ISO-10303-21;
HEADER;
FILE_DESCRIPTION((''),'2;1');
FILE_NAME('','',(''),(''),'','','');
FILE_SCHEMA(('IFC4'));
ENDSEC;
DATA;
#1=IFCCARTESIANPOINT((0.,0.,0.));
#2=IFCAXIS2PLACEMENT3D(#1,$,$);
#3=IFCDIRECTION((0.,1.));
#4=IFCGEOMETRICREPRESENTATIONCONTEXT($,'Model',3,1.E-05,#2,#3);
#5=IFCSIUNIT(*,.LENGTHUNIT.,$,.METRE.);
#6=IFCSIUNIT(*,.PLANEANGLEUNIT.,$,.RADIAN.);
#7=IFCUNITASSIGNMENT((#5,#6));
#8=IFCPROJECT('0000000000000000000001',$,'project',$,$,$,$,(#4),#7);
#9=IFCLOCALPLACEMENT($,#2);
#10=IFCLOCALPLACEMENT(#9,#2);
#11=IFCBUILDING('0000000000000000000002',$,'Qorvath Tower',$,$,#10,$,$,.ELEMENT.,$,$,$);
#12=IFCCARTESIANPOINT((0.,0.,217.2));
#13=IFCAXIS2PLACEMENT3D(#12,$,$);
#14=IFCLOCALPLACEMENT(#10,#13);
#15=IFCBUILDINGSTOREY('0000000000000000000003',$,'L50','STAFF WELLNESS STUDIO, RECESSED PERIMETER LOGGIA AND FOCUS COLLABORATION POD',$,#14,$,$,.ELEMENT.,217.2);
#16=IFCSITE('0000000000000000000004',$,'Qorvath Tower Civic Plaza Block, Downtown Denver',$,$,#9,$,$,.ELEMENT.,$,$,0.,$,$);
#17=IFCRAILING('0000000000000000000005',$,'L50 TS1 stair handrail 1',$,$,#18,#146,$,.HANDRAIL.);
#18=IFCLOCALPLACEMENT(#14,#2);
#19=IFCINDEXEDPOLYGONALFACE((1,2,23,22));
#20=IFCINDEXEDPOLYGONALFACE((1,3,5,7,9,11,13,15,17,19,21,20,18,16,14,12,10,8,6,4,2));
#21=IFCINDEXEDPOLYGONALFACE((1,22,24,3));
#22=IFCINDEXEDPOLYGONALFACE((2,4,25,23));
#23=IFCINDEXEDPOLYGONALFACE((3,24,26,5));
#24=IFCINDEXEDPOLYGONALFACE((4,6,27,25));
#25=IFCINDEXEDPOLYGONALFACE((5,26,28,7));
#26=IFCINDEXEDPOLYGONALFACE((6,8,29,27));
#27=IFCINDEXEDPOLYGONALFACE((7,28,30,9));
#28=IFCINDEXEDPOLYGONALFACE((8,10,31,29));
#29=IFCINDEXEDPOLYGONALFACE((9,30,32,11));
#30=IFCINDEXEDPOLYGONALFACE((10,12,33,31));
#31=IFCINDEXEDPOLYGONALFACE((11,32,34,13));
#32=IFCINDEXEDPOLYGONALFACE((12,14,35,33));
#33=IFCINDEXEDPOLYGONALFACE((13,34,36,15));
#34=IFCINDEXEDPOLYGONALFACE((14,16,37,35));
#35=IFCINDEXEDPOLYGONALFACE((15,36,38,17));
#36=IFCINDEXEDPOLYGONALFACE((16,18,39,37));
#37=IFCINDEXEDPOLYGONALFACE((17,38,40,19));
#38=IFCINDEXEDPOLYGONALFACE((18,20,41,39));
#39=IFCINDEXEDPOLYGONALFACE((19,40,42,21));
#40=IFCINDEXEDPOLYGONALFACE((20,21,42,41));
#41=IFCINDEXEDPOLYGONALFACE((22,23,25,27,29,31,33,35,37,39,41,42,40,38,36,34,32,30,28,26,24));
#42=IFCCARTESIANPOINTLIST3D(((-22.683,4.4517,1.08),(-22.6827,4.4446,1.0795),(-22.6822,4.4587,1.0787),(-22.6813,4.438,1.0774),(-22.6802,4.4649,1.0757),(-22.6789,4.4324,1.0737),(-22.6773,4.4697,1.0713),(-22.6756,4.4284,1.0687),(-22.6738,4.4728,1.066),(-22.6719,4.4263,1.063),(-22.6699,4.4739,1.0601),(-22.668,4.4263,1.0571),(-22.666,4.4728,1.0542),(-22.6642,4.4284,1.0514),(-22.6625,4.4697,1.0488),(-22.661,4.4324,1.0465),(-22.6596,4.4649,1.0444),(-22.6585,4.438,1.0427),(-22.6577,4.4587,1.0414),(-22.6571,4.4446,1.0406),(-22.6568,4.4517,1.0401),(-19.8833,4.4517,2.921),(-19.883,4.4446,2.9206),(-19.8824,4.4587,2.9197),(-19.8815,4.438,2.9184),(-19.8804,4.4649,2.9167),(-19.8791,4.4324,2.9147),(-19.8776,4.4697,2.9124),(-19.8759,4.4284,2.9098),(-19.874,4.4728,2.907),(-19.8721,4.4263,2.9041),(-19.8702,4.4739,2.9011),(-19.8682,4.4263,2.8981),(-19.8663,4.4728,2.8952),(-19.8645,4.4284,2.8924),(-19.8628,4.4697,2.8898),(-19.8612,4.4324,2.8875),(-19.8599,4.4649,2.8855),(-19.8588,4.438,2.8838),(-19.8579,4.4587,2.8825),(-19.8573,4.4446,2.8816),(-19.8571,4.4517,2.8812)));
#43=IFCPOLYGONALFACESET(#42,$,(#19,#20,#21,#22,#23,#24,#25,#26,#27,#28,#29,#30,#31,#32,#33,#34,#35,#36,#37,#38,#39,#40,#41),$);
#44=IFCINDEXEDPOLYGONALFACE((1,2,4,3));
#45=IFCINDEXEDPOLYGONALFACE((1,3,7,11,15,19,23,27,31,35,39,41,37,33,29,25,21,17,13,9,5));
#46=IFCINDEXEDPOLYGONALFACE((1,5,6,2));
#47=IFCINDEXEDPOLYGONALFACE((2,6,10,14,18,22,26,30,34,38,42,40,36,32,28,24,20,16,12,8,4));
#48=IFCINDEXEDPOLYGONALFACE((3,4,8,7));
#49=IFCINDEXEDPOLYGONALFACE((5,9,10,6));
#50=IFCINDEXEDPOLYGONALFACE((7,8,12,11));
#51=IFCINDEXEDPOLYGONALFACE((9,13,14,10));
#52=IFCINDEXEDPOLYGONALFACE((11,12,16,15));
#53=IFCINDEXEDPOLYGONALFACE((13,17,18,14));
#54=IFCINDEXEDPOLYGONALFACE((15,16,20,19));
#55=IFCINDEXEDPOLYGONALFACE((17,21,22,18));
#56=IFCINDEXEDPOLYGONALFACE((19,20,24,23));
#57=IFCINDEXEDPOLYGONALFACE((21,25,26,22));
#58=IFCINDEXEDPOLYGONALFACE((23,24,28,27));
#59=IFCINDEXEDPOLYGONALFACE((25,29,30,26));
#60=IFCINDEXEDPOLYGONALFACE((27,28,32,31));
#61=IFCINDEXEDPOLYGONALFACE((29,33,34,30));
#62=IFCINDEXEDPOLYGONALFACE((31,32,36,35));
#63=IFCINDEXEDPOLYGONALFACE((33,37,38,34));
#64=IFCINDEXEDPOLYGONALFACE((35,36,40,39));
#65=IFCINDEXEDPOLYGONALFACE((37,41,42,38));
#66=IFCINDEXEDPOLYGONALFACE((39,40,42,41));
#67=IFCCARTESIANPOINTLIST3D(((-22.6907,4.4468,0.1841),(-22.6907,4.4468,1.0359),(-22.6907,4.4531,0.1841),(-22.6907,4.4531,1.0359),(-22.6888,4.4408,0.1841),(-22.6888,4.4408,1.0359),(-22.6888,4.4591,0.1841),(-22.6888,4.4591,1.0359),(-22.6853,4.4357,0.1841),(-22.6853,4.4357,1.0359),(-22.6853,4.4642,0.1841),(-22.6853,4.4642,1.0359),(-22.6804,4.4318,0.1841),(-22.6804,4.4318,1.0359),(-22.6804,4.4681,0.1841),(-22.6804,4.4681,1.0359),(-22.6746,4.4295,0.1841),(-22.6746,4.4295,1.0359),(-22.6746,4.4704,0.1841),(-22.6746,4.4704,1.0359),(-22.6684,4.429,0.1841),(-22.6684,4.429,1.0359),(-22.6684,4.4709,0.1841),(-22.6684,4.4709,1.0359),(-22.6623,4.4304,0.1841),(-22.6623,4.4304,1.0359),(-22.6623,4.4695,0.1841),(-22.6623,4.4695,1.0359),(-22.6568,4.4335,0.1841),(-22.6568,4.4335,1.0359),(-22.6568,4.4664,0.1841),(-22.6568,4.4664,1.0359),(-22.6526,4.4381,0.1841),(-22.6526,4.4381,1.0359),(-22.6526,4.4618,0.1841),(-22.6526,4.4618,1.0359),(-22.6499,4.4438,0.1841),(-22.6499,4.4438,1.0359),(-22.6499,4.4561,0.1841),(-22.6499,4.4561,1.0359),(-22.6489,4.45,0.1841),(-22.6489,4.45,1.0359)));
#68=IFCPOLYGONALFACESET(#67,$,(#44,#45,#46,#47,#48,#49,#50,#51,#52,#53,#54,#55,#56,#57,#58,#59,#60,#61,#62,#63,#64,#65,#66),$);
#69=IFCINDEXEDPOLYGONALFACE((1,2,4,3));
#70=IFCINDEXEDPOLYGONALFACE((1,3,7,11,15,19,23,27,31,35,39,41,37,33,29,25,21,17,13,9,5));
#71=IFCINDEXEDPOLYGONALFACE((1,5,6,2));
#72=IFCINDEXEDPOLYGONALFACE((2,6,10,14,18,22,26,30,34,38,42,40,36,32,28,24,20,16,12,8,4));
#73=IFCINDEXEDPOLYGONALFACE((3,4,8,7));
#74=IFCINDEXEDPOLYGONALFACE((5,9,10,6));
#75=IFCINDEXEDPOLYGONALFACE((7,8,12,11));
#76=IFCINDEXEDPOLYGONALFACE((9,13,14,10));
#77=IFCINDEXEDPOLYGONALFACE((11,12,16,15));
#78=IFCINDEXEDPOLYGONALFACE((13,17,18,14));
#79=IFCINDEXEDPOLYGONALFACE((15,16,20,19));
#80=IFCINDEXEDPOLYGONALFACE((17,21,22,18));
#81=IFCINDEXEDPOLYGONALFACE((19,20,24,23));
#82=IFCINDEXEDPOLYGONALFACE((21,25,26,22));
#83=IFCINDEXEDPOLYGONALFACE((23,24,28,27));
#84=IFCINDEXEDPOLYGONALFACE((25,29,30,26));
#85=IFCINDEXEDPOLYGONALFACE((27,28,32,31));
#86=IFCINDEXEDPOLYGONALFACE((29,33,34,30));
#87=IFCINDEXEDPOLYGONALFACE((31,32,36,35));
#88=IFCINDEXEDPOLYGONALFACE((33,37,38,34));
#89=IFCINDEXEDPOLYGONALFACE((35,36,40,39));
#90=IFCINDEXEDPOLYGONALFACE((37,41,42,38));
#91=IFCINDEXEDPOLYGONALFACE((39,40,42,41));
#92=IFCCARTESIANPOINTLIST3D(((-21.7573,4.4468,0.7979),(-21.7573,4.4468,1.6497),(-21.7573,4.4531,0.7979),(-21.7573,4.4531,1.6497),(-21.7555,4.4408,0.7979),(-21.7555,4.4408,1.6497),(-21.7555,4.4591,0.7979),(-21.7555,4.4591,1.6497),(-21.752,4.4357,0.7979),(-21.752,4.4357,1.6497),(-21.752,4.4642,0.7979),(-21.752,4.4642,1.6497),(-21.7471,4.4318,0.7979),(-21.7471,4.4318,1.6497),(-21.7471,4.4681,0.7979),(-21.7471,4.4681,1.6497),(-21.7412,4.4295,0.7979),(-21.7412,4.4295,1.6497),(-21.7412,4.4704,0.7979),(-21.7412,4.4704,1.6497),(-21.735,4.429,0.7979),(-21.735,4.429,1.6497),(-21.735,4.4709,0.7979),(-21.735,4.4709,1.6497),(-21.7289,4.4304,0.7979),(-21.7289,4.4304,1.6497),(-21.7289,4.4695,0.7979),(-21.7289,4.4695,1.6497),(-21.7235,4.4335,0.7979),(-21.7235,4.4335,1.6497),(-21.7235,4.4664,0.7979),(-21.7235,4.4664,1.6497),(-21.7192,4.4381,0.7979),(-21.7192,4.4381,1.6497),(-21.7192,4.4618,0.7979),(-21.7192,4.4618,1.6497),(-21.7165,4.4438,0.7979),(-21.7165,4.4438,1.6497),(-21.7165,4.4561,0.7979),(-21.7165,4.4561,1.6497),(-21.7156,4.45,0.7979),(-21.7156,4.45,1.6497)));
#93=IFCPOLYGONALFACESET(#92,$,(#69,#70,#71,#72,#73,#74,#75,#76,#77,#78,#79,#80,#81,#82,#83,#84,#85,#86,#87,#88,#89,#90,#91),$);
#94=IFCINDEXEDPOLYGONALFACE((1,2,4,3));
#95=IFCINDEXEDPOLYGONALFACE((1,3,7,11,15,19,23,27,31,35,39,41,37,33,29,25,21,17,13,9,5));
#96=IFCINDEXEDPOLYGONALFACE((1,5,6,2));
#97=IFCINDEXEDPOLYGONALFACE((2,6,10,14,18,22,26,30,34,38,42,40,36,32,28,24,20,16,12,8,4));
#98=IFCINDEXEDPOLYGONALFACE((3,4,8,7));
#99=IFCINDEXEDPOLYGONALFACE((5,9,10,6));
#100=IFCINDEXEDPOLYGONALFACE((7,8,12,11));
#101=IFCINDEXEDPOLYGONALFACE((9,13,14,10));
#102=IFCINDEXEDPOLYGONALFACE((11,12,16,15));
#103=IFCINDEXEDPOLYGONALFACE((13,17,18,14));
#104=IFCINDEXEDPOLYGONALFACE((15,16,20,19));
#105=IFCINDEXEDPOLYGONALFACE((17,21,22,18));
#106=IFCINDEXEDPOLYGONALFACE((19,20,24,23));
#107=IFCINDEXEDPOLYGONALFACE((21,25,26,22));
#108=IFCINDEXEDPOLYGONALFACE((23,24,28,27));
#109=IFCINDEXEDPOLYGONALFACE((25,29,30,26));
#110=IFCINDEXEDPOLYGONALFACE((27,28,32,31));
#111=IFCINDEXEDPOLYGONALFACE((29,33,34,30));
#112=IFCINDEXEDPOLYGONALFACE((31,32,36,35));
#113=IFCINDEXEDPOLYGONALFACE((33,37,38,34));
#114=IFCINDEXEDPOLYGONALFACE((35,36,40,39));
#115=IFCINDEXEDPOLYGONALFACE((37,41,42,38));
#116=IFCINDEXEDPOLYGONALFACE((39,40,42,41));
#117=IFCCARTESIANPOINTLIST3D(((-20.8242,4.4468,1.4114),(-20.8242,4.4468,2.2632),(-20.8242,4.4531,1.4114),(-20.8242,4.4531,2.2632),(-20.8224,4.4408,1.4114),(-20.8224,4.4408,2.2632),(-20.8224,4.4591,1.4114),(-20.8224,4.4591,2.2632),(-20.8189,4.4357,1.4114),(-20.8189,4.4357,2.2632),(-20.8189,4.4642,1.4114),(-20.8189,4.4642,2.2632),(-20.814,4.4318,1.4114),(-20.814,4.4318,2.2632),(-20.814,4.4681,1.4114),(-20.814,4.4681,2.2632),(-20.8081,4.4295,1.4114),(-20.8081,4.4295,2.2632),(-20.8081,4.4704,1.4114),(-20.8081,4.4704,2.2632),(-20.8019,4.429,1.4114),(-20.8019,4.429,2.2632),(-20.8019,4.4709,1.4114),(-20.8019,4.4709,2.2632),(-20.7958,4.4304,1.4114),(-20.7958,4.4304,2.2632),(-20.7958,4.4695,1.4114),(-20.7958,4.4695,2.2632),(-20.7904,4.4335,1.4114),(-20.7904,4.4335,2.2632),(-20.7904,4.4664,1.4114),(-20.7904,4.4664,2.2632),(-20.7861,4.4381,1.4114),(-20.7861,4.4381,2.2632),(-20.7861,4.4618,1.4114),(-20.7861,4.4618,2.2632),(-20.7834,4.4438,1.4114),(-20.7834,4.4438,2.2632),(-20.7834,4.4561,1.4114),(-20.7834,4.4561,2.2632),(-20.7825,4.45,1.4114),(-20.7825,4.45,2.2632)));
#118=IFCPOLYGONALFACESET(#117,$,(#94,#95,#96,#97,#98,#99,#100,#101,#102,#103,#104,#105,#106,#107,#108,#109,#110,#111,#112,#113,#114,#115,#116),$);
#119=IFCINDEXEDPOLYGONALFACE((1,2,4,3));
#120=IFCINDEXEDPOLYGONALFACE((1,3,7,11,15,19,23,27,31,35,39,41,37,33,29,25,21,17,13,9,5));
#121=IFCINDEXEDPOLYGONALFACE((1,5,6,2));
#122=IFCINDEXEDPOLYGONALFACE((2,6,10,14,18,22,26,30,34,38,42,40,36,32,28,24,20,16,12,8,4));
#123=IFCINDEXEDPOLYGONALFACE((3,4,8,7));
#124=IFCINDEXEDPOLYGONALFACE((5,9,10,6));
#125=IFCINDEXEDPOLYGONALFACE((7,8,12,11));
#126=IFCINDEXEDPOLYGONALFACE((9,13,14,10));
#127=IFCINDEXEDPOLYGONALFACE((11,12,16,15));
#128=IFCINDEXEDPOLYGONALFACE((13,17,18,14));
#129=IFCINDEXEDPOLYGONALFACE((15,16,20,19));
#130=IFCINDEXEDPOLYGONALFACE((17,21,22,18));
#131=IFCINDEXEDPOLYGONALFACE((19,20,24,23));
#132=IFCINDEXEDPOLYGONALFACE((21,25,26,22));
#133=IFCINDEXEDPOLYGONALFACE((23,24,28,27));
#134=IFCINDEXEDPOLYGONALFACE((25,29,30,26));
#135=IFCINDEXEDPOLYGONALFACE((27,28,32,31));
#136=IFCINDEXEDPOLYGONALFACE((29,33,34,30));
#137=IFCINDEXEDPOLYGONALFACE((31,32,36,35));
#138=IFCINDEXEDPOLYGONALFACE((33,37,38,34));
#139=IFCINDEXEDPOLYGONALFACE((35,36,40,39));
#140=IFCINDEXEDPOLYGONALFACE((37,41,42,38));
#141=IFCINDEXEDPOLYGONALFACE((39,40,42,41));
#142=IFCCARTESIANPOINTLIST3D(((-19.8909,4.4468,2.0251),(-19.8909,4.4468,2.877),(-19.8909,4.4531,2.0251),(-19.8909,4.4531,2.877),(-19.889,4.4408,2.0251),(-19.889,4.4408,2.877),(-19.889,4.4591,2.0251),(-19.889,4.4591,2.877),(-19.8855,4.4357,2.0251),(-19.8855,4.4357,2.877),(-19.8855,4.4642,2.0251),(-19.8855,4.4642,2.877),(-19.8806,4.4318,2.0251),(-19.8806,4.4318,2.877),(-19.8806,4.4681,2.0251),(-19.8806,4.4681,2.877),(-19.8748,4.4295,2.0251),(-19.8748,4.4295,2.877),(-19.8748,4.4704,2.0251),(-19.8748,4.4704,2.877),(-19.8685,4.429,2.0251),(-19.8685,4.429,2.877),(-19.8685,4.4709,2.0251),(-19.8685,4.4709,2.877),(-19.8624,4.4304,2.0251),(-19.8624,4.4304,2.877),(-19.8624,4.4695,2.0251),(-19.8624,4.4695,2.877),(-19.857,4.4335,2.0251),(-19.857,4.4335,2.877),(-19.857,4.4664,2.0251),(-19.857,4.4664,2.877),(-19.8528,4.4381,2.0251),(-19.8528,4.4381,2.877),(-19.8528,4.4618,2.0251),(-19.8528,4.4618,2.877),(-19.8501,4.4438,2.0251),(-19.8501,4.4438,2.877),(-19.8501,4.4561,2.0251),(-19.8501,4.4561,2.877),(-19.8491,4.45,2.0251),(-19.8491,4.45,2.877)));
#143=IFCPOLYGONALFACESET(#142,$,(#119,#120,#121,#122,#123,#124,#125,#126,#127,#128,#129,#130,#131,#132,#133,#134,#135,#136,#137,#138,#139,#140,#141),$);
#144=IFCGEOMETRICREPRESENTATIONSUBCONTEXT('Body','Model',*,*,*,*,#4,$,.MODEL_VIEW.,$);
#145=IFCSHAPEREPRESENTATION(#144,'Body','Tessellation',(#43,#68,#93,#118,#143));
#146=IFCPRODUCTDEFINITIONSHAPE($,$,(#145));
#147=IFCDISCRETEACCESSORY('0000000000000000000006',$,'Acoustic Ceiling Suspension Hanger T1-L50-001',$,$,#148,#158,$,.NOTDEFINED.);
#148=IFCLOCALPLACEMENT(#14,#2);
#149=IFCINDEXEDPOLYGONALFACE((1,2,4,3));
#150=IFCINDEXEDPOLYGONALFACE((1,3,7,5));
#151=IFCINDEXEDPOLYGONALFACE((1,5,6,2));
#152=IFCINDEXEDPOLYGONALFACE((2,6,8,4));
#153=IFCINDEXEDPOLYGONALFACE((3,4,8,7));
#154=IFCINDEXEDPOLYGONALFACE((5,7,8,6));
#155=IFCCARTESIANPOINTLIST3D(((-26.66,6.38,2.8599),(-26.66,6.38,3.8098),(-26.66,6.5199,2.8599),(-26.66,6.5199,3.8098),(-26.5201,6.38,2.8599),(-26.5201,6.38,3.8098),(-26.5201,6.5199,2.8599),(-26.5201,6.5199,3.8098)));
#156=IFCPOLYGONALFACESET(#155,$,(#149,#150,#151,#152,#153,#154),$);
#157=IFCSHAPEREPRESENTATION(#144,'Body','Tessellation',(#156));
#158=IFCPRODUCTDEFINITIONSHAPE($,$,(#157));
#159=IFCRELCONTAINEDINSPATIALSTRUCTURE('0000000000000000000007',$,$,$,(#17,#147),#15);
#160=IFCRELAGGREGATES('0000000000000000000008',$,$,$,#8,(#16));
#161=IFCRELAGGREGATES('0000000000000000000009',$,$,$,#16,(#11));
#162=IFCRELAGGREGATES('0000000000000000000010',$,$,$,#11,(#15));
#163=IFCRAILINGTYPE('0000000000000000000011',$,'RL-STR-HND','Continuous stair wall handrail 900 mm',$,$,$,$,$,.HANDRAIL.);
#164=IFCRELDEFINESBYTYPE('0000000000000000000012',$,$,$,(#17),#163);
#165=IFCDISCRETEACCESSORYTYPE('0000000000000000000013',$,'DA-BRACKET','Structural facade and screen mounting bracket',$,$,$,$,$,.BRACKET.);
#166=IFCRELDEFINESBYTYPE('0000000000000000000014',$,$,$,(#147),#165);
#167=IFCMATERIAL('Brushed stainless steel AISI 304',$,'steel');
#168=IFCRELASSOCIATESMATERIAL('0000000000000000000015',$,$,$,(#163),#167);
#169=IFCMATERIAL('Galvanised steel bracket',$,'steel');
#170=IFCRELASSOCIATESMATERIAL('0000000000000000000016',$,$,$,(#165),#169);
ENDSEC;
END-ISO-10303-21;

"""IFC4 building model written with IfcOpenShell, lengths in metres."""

from ifc_helpers import new_model, si_unit, direction, frame, origin, origin_2d, place, context, subcontext, project, spatial, rectangle, circle, extrude, material, type_object, element, save


model = new_model("IFC4")

# Units and contexts
model_context = context("Model", 3, precision=1e-05, world=origin(), true_north=direction((0.0, 1.0)))
body_context = subcontext(model_context, "Body", "Model", "MODEL_VIEW")
ifc_project = project(units=[si_unit("LENGTHUNIT", "METRE"), si_unit("PLANEANGLEUNIT", "RADIAN")], contexts=[model_context])

# Site, building, storey
site_placement = place(None, origin())
site = spatial("IfcSite", under=ifc_project, at=site_placement, Name="Qorvath Tower Civic Plaza Block, Downtown Denver", CompositionType="ELEMENT", RefElevation=0.0)
building_placement = place(site_placement, origin())
building = spatial("IfcBuilding", under=site, at=building_placement, Name="Qorvath Tower", CompositionType="ELEMENT")
storey_placement = place(building_placement, frame((0.0, 0.0, 217.2)))
storey = spatial("IfcBuildingStorey", under=building, at=storey_placement, Name="L50", Description="STAFF WELLNESS STUDIO, RECESSED PERIMETER LOGGIA AND FOCUS COLLABORATION POD", CompositionType="ELEMENT", Elevation=217.2)

# Railing
ifc_material_1 = material(Name="Brushed stainless steel AISI 304", Category="steel")
railing_type_1 = type_object("IfcRailingType", Name="RL-STR-HND", Description="Continuous stair wall handrail 900 mm", PredefinedType="HANDRAIL", material=ifc_material_1)
railing_1_placement = place(storey_placement, frame((-22.6699, 4.45, 0.1841)))
element("IfcRailing", 1, at=railing_1_placement, inside=storey, type_object=railing_type_1, Name="L50 TS1 stair handrail 1", PredefinedType="HANDRAIL", context=body_context, shape_type="SweptSolid", body=[
    extrude(circle(Radius=0.0239, at=origin_2d()), frame((0.0, 0.0, 0.876), z_axis=(0.835542, 0.0, 0.549426), x_axis=(0.0, 1.0, 0.0)), (0.0, 0.0, 1.0), 3.3508),
    extrude(circle(Radius=0.021, at=origin_2d()), origin(), (0.0, 0.0, 1.0), 0.8518),
    extrude(circle(Radius=0.021, at=origin_2d()), frame((0.9333, 0.0, 0.6138)), (0.0, 0.0, 1.0), 0.8518),
    extrude(circle(Radius=0.021, at=origin_2d()), frame((1.8665, 0.0, 1.2273)), (0.0, 0.0, 1.0), 0.8518),
    extrude(circle(Radius=0.021, at=origin_2d()), frame((2.7998, 0.0, 1.8411)), (0.0, 0.0, 1.0), 0.8518),
])

# Discrete accessory
ifc_material_2 = material(Name="Galvanised steel bracket", Category="steel")
discrete_accessory_type = type_object("IfcDiscreteAccessoryType", Name="DA-BRACKET", Description="Structural facade and screen mounting bracket", PredefinedType="BRACKET", material=ifc_material_2)
discrete_accessory_placement = place(storey_placement, frame((-26.5901, 6.45, 2.8599), z_axis=(0.0, 0.0, 1.0), x_axis=(1.0, 0.0, 0.0)))
element("IfcDiscreteAccessory", 2, at=discrete_accessory_placement, inside=storey, type_object=discrete_accessory_type, Name="Acoustic Ceiling Suspension Hanger T1-L50-001", PredefinedType="NOTDEFINED", context=body_context, shape_type="SweptSolid", body=[
    extrude(rectangle(XDim=0.1399, YDim=0.1399, at=origin_2d()), origin(), (0.0, 0.0, 1.0), 0.95),
])

save(model, "model.ifc")
